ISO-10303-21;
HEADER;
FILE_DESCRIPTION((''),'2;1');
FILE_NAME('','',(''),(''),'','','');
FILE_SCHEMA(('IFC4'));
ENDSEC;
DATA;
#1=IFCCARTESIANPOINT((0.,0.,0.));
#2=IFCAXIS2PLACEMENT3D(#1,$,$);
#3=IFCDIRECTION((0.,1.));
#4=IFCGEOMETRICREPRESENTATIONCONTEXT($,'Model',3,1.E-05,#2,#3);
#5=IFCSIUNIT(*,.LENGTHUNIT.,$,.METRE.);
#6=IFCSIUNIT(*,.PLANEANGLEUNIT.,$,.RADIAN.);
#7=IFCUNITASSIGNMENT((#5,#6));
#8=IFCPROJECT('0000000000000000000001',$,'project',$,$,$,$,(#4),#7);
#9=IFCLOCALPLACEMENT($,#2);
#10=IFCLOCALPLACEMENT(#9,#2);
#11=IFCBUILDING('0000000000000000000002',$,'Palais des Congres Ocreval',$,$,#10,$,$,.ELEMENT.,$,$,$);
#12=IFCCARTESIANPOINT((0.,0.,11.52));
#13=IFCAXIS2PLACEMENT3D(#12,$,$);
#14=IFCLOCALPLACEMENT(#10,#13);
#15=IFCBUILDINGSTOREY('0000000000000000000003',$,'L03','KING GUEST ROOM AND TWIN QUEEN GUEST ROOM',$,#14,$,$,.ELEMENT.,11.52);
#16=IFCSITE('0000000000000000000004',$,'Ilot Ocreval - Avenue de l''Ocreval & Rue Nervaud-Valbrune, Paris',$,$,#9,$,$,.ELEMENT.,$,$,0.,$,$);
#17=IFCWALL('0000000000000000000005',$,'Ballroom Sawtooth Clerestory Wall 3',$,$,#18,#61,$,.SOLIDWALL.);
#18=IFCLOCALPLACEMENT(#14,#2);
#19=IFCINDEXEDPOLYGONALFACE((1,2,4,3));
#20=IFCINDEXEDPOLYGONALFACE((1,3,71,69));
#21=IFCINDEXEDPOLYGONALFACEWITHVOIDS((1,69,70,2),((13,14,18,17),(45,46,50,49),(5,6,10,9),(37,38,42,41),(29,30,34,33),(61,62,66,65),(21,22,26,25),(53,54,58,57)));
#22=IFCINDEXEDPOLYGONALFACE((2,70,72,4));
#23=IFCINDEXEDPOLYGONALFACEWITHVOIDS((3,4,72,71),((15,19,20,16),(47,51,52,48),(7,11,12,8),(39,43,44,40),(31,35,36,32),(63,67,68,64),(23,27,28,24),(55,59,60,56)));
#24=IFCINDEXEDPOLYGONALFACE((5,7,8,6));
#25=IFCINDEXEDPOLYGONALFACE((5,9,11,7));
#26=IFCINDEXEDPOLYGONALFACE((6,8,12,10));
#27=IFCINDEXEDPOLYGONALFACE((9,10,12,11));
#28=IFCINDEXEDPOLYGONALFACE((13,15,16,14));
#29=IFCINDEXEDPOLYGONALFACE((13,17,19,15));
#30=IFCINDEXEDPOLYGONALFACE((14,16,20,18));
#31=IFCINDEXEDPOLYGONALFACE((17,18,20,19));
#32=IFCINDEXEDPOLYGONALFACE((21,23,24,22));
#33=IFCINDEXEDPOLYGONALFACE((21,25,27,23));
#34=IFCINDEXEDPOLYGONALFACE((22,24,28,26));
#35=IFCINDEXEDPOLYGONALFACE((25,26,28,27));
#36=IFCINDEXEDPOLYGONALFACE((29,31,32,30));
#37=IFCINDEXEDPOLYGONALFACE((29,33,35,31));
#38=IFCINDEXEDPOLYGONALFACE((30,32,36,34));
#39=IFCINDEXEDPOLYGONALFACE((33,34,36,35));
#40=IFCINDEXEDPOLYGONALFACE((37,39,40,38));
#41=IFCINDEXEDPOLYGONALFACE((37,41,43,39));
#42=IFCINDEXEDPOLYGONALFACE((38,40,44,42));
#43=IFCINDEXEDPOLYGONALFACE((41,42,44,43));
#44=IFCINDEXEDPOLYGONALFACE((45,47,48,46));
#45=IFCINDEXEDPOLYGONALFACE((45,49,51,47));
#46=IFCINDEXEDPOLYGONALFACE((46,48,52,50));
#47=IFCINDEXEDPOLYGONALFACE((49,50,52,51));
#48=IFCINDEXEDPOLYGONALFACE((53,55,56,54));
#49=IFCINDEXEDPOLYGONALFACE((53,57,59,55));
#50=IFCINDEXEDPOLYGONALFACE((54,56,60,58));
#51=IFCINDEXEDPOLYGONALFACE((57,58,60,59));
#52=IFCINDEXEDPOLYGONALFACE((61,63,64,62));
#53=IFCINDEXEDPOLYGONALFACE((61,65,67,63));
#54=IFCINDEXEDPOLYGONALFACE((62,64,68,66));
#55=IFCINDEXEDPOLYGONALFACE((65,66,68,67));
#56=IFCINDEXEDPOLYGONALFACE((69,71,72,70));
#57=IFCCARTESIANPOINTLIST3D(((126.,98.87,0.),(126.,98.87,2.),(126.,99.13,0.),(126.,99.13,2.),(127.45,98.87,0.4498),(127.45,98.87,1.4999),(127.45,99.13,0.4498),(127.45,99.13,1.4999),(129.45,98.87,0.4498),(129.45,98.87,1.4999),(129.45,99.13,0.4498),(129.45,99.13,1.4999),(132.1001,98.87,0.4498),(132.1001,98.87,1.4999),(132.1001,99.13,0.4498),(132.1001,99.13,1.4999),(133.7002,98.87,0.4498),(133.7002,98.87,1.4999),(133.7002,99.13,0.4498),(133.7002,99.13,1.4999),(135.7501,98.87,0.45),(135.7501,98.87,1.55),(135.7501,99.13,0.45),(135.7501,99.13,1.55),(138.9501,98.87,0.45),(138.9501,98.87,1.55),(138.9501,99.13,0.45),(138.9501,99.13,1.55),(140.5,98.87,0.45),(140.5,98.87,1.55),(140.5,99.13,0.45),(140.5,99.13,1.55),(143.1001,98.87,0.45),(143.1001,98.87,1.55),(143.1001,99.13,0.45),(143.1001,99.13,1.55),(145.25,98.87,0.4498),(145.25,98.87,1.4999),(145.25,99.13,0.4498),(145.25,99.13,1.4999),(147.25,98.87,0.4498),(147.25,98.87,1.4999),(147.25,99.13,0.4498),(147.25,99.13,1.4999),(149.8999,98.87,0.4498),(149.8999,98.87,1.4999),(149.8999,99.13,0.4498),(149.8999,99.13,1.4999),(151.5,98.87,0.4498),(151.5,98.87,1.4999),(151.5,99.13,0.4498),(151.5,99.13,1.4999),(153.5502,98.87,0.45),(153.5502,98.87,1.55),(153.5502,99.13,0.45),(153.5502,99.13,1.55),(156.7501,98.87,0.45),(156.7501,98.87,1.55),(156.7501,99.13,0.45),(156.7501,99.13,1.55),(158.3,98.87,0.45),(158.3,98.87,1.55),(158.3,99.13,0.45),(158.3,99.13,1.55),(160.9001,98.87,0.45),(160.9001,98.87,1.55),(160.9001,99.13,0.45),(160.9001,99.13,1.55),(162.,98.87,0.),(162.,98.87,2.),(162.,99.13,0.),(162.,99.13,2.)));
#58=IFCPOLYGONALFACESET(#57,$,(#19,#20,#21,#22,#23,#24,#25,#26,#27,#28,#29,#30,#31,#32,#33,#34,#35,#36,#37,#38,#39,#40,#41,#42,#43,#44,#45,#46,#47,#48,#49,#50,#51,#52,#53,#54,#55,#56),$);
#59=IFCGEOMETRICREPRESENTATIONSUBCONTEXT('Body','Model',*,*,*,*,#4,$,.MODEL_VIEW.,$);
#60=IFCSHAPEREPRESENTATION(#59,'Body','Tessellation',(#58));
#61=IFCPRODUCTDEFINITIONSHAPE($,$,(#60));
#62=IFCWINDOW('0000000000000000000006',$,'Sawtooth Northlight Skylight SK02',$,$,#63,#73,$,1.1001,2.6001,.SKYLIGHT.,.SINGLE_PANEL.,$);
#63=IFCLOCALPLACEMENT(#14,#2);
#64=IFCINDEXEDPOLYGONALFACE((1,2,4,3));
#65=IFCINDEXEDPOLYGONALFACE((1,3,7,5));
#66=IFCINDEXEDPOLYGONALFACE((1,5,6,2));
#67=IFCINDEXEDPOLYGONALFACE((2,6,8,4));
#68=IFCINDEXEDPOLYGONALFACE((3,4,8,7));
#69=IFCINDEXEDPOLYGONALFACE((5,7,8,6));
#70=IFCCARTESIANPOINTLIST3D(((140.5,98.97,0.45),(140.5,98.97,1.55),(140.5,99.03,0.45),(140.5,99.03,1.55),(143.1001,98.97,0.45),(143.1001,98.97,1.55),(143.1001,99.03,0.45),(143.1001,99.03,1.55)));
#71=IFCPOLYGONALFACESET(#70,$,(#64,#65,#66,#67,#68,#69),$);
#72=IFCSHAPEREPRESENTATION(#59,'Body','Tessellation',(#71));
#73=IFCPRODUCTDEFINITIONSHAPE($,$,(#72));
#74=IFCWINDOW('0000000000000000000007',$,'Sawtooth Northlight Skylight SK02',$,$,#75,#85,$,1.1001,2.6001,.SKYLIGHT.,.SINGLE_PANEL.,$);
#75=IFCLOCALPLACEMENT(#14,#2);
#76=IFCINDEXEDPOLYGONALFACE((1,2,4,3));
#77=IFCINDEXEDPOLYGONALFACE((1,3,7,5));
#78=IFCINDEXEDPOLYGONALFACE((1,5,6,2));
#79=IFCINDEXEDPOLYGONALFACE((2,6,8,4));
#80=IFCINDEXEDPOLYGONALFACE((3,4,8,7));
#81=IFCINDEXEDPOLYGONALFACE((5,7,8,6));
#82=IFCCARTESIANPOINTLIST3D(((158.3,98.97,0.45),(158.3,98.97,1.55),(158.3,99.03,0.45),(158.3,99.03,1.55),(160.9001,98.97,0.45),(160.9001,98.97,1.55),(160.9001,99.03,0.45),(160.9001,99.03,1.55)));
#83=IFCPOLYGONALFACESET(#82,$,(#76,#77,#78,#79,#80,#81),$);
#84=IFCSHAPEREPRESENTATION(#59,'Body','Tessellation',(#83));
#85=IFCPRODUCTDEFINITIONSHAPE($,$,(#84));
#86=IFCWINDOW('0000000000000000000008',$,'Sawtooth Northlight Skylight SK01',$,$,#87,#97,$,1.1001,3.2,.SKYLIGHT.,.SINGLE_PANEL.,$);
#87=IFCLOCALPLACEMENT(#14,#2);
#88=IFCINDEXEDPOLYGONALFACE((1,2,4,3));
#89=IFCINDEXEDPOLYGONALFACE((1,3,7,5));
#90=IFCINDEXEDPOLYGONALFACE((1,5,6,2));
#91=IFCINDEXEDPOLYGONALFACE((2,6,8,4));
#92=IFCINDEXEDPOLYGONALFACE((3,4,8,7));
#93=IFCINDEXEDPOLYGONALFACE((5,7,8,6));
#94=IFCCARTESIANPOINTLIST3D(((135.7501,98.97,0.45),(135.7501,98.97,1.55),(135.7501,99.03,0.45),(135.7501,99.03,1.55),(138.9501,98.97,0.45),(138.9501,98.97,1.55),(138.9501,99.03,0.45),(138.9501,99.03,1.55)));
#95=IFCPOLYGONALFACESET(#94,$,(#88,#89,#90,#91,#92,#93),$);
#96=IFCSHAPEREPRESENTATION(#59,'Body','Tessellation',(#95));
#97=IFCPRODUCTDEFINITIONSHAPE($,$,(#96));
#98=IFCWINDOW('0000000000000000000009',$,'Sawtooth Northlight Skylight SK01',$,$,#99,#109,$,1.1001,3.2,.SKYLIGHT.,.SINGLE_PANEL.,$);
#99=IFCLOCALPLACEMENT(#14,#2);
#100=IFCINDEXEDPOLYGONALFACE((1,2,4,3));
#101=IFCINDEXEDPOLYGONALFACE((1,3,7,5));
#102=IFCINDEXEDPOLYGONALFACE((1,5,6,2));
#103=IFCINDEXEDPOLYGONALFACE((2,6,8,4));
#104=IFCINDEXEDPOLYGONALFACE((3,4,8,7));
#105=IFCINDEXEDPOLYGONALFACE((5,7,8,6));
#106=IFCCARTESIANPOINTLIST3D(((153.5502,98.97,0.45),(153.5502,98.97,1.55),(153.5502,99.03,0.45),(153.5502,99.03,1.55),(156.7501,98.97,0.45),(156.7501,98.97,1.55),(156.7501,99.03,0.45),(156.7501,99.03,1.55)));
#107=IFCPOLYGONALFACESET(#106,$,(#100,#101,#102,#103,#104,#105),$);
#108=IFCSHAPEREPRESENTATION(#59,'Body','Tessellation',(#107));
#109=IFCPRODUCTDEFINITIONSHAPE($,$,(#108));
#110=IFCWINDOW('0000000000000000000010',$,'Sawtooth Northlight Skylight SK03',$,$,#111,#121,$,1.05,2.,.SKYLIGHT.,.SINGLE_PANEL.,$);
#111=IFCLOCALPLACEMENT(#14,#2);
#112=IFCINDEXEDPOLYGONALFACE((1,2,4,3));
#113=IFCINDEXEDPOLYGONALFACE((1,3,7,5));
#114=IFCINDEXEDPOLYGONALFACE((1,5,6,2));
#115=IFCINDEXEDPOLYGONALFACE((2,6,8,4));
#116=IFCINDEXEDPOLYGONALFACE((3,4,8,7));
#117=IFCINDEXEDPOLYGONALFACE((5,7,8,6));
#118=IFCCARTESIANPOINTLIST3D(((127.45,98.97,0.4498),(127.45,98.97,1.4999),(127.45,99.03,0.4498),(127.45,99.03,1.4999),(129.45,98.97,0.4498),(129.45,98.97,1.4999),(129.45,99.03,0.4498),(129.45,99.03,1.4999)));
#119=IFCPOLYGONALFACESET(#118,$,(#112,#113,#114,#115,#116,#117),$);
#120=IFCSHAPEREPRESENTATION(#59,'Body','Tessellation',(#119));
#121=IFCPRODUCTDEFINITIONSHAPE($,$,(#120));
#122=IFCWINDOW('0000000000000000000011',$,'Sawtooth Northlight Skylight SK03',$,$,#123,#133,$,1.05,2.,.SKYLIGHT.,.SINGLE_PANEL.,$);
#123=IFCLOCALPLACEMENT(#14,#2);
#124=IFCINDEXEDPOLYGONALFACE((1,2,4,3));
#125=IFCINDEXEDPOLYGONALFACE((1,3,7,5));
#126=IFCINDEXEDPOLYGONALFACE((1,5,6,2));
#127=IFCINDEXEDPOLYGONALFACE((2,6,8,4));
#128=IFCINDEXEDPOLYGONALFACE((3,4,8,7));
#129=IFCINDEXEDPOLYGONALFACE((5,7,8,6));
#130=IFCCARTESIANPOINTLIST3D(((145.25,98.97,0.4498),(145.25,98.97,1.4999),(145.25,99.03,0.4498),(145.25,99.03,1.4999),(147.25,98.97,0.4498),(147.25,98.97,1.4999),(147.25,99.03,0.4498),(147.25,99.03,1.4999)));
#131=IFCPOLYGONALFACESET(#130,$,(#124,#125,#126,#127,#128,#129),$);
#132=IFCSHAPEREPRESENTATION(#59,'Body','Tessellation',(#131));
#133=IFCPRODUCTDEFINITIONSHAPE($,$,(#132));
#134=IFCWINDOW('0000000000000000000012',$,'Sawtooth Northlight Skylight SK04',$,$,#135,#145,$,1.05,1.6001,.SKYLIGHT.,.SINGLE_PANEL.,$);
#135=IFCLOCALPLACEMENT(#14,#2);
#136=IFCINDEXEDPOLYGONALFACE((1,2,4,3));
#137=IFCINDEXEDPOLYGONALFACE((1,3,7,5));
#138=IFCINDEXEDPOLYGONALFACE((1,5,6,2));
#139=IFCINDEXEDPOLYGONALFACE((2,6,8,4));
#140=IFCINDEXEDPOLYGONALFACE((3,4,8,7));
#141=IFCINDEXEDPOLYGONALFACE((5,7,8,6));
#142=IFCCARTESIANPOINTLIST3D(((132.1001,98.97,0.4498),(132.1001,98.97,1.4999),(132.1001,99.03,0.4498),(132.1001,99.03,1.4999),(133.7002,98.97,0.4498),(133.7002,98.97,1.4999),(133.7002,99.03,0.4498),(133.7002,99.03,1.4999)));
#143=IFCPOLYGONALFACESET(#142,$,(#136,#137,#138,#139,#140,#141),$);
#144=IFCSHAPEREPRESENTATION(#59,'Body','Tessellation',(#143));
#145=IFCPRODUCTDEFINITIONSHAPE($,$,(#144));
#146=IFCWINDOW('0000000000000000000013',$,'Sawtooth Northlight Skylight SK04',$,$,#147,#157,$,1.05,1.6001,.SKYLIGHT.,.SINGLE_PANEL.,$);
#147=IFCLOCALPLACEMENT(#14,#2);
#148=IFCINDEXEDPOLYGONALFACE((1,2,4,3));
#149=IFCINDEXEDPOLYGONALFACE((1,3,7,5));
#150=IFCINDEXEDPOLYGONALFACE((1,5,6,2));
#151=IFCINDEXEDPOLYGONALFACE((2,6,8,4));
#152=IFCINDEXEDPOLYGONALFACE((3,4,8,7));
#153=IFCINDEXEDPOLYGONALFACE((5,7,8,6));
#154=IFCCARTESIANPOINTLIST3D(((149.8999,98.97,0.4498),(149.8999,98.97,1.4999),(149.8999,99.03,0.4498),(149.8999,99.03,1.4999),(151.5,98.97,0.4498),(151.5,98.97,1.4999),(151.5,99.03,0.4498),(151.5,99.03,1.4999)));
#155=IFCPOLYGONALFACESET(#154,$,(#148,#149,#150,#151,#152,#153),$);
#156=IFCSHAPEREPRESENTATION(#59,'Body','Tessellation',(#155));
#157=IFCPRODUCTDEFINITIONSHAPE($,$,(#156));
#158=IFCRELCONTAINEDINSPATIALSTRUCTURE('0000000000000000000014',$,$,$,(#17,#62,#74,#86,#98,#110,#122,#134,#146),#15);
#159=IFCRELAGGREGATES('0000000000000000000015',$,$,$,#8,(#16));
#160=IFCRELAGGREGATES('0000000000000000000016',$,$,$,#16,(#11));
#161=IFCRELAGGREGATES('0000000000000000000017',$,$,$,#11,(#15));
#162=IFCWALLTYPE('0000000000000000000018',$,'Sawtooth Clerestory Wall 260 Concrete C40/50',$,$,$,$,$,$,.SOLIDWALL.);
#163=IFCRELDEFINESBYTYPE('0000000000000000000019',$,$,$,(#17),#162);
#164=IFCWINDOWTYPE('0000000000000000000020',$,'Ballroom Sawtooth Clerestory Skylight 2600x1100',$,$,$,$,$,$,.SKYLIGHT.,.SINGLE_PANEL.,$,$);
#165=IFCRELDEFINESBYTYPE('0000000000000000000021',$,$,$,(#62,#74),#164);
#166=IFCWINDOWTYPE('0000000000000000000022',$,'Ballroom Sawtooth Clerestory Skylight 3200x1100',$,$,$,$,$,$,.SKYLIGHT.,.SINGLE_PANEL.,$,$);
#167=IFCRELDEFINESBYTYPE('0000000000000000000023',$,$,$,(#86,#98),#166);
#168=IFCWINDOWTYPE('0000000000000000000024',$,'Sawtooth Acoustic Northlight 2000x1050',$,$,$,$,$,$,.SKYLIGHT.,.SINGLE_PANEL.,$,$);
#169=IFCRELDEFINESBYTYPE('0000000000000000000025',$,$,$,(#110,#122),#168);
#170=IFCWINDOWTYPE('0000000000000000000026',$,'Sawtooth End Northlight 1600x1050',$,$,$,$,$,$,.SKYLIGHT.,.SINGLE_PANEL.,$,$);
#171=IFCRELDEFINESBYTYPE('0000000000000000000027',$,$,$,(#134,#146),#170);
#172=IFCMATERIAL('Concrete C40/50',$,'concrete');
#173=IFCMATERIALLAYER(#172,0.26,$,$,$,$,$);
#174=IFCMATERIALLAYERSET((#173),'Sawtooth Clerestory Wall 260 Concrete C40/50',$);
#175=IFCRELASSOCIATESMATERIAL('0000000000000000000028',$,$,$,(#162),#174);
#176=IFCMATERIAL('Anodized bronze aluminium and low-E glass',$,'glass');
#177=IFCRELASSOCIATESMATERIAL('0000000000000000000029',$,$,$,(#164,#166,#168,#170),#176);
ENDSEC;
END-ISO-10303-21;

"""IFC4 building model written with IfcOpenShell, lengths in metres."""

from ifc_helpers import new_model, si_unit, direction, frame, frame_2d, origin, place, context, subcontext, project, spatial, rectangle, extrude, material, layer, layer_set, type_object, element, fill, save


model = new_model("IFC4")

# Units and contexts
model_context = context("Model", 3, precision=1e-05, world=origin(), true_north=direction((0.0, 1.0)))
body_context = subcontext(model_context, "Body", "Model", "MODEL_VIEW")
ifc_project = project(units=[si_unit("LENGTHUNIT", "METRE"), si_unit("PLANEANGLEUNIT", "RADIAN")], contexts=[model_context])

# Site, building, storey
site_placement = place(None, origin())
site = spatial("IfcSite", under=ifc_project, at=site_placement, Name="Ilot Ocreval - Avenue de l'Ocreval & Rue Nervaud-Valbrune, Paris", CompositionType="ELEMENT", RefElevation=0.0)
building_placement = place(site_placement, origin())
building = spatial("IfcBuilding", under=site, at=building_placement, Name="Palais des Congres Ocreval", CompositionType="ELEMENT")
storey_placement = place(building_placement, frame((0.0, 0.0, 11.52)))
storey = spatial("IfcBuildingStorey", under=building, at=storey_placement, Name="L03", Description="KING GUEST ROOM AND TWIN QUEEN GUEST ROOM", CompositionType="ELEMENT", Elevation=11.52)

# Shared definitions
ifc_material_1 = material(Name="Concrete C40/50", Category="concrete")

# Shared definitions
ifc_layer_1 = layer(ifc_material_1, 0.26)
ifc_layer_set_1 = layer_set([ifc_layer_1], Name="Sawtooth Clerestory Wall 260 Concrete C40/50")
wall_type = type_object("IfcWallType", Name="Sawtooth Clerestory Wall 260 Concrete C40/50", PredefinedType="SOLIDWALL", material=ifc_layer_set_1)
ifc_material_2 = material(Name="Anodized bronze aluminium and low-E glass", Category="glass")
window_type_1 = type_object("IfcWindowType", Name="Ballroom Sawtooth Clerestory Skylight 2600x1100", PartitioningType="SINGLE_PANEL", PredefinedType="SKYLIGHT", material=ifc_material_2)
window_type_2 = type_object("IfcWindowType", Name="Ballroom Sawtooth Clerestory Skylight 3200x1100", PartitioningType="SINGLE_PANEL", PredefinedType="SKYLIGHT", material=ifc_material_2)
window_type_3 = type_object("IfcWindowType", Name="Sawtooth Acoustic Northlight 2000x1050", PartitioningType="SINGLE_PANEL", PredefinedType="SKYLIGHT", material=ifc_material_2)
window_type_4 = type_object("IfcWindowType", Name="Sawtooth End Northlight 1600x1050", PartitioningType="SINGLE_PANEL", PredefinedType="SKYLIGHT", material=ifc_material_2)

# Wall, openings, windows
wall_1_placement = place(storey_placement, frame((126.0, 99.0, 0.0), z_axis=(0.0, 0.0, 1.0), x_axis=(1.0, 0.0, 0.0)))
wall_1 = element("IfcWall", 1, at=wall_1_placement, inside=storey, type_object=wall_type, Name="Ballroom Sawtooth Clerestory Wall 3", PredefinedType="SOLIDWALL", context=body_context, shape_type="SweptSolid", body=[
    extrude(rectangle(XDim=36.0, YDim=0.26, at=frame_2d((18.0, 0.0))), origin(), (0.0, 0.0, 1.0), 2.0),
])
opening_1_placement = place(wall_1_placement, frame((1.45, 0.0, 0.45)))
opening_1 = element("IfcOpeningElement", 2, at=opening_1_placement, cuts=wall_1, PredefinedType="OPENING", context=body_context, shape_type="SweptSolid", body=[
    extrude(rectangle(XDim=2.0, YDim=1.05, at=frame_2d((1.0, 0.5249))), frame((0.0, 0.1399, 0.0), z_axis=(0.0, -1.0, 0.0), x_axis=(1.0, 0.0, 0.0)), (0.0, 0.0, 1.0), 0.28),
])
opening_2_placement = place(wall_1_placement, frame((6.1001, 0.0, 0.45)))
opening_2 = element("IfcOpeningElement", 3, at=opening_2_placement, cuts=wall_1, PredefinedType="OPENING", context=body_context, shape_type="SweptSolid", body=[
    extrude(rectangle(XDim=1.6001, YDim=1.05, at=frame_2d((0.8, 0.5249))), frame((0.0, 0.1399, 0.0), z_axis=(0.0, -1.0, 0.0), x_axis=(1.0, 0.0, 0.0)), (0.0, 0.0, 1.0), 0.28),
])
opening_3_placement = place(wall_1_placement, frame((9.75, 0.0, 0.45)))
opening_3 = element("IfcOpeningElement", 4, at=opening_3_placement, cuts=wall_1, PredefinedType="OPENING", context=body_context, shape_type="SweptSolid", body=[
    extrude(rectangle(XDim=3.2, YDim=1.1001, at=frame_2d((1.6001, 0.55))), frame((0.0, 0.1399, 0.0), z_axis=(0.0, -1.0, 0.0), x_axis=(1.0, 0.0, 0.0)), (0.0, 0.0, 1.0), 0.28),
])
opening_4_placement = place(wall_1_placement, frame((14.5, 0.0, 0.45)))
opening_4 = element("IfcOpeningElement", 5, at=opening_4_placement, cuts=wall_1, PredefinedType="OPENING", context=body_context, shape_type="SweptSolid", body=[
    extrude(rectangle(XDim=2.6001, YDim=1.1001, at=frame_2d((1.3, 0.55))), frame((0.0, 0.1399, 0.0), z_axis=(0.0, -1.0, 0.0), x_axis=(1.0, 0.0, 0.0)), (0.0, 0.0, 1.0), 0.28),
])
opening_5_placement = place(wall_1_placement, frame((19.25, 0.0, 0.45)))
opening_5 = element("IfcOpeningElement", 6, at=opening_5_placement, cuts=wall_1, PredefinedType="OPENING", context=body_context, shape_type="SweptSolid", body=[
    extrude(rectangle(XDim=2.0, YDim=1.05, at=frame_2d((1.0, 0.5249))), frame((0.0, 0.1399, 0.0), z_axis=(0.0, -1.0, 0.0), x_axis=(1.0, 0.0, 0.0)), (0.0, 0.0, 1.0), 0.28),
])
opening_6_placement = place(wall_1_placement, frame((23.8999, 0.0, 0.45)))
opening_6 = element("IfcOpeningElement", 7, at=opening_6_placement, cuts=wall_1, PredefinedType="OPENING", context=body_context, shape_type="SweptSolid", body=[
    extrude(rectangle(XDim=1.6001, YDim=1.05, at=frame_2d((0.8, 0.5249))), frame((0.0, 0.1399, 0.0), z_axis=(0.0, -1.0, 0.0), x_axis=(1.0, 0.0, 0.0)), (0.0, 0.0, 1.0), 0.28),
])
opening_7_placement = place(wall_1_placement, frame((27.55, 0.0, 0.45)))
opening_7 = element("IfcOpeningElement", 8, at=opening_7_placement, cuts=wall_1, PredefinedType="OPENING", context=body_context, shape_type="SweptSolid", body=[
    extrude(rectangle(XDim=3.2, YDim=1.1001, at=frame_2d((1.6001, 0.55))), frame((0.0, 0.1399, 0.0), z_axis=(0.0, -1.0, 0.0), x_axis=(1.0, 0.0, 0.0)), (0.0, 0.0, 1.0), 0.28),
])
opening_8_placement = place(wall_1_placement, frame((32.3, 0.0, 0.45)))
opening_8 = element("IfcOpeningElement", 9, at=opening_8_placement, cuts=wall_1, PredefinedType="OPENING", context=body_context, shape_type="SweptSolid", body=[
    extrude(rectangle(XDim=2.6001, YDim=1.1001, at=frame_2d((1.3, 0.55))), frame((0.0, 0.1399, 0.0), z_axis=(0.0, -1.0, 0.0), x_axis=(1.0, 0.0, 0.0)), (0.0, 0.0, 1.0), 0.28),
])
window_1_placement = place(opening_4_placement, origin())
window_1 = element("IfcWindow", 10, at=window_1_placement, inside=storey, type_object=window_type_1, Name="Sawtooth Northlight Skylight SK02", OverallHeight=1.1001, OverallWidth=2.6001, PartitioningType="SINGLE_PANEL", PredefinedType="SKYLIGHT", context=body_context, shape_type="SweptSolid", body=[
    extrude(rectangle(XDim=2.6001, YDim=1.1001, at=frame_2d((1.3, 0.55))), frame((0.0, 0.03, 0.0), z_axis=(0.0, -1.0, 0.0), x_axis=(1.0, 0.0, 0.0)), (0.0, 0.0, 1.0), 0.0601),
])
fill(opening_4, window_1)
window_2_placement = place(opening_8_placement, origin())
window_2 = element("IfcWindow", 11, at=window_2_placement, inside=storey, type_object=window_type_1, Name="Sawtooth Northlight Skylight SK02", OverallHeight=1.1001, OverallWidth=2.6001, PartitioningType="SINGLE_PANEL", PredefinedType="SKYLIGHT", context=body_context, shape_type="SweptSolid", body=[
    extrude(rectangle(XDim=2.6001, YDim=1.1001, at=frame_2d((1.3, 0.55))), frame((0.0, 0.03, 0.0), z_axis=(0.0, -1.0, 0.0), x_axis=(1.0, 0.0, 0.0)), (0.0, 0.0, 1.0), 0.0601),
])
fill(opening_8, window_2)
window_3_placement = place(opening_3_placement, origin())
window_3 = element("IfcWindow", 12, at=window_3_placement, inside=storey, type_object=window_type_2, Name="Sawtooth Northlight Skylight SK01", OverallHeight=1.1001, OverallWidth=3.2, PartitioningType="SINGLE_PANEL", PredefinedType="SKYLIGHT", context=body_context, shape_type="SweptSolid", body=[
    extrude(rectangle(XDim=3.2, YDim=1.1001, at=frame_2d((1.6001, 0.55))), frame((0.0, 0.03, 0.0), z_axis=(0.0, -1.0, 0.0), x_axis=(1.0, 0.0, 0.0)), (0.0, 0.0, 1.0), 0.0601),
])
fill(opening_3, window_3)
window_4_placement = place(opening_7_placement, origin())
window_4 = element("IfcWindow", 13, at=window_4_placement, inside=storey, type_object=window_type_2, Name="Sawtooth Northlight Skylight SK01", OverallHeight=1.1001, OverallWidth=3.2, PartitioningType="SINGLE_PANEL", PredefinedType="SKYLIGHT", context=body_context, shape_type="SweptSolid", body=[
    extrude(rectangle(XDim=3.2, YDim=1.1001, at=frame_2d((1.6001, 0.55))), frame((0.0, 0.03, 0.0), z_axis=(0.0, -1.0, 0.0), x_axis=(1.0, 0.0, 0.0)), (0.0, 0.0, 1.0), 0.0601),
])
fill(opening_7, window_4)
window_5_placement = place(opening_1_placement, origin())
window_5 = element("IfcWindow", 14, at=window_5_placement, inside=storey, type_object=window_type_3, Name="Sawtooth Northlight Skylight SK03", OverallHeight=1.05, OverallWidth=2.0, PartitioningType="SINGLE_PANEL", PredefinedType="SKYLIGHT", context=body_context, shape_type="SweptSolid", body=[
    extrude(rectangle(XDim=2.0, YDim=1.05, at=frame_2d((1.0, 0.5249))), frame((0.0, 0.03, 0.0), z_axis=(0.0, -1.0, 0.0), x_axis=(1.0, 0.0, 0.0)), (0.0, 0.0, 1.0), 0.0601),
])
fill(opening_1, window_5)
window_6_placement = place(opening_5_placement, origin())
window_6 = element("IfcWindow", 15, at=window_6_placement, inside=storey, type_object=window_type_3, Name="Sawtooth Northlight Skylight SK03", OverallHeight=1.05, OverallWidth=2.0, PartitioningType="SINGLE_PANEL", PredefinedType="SKYLIGHT", context=body_context, shape_type="SweptSolid", body=[
    extrude(rectangle(XDim=2.0, YDim=1.05, at=frame_2d((1.0, 0.5249))), frame((0.0, 0.03, 0.0), z_axis=(0.0, -1.0, 0.0), x_axis=(1.0, 0.0, 0.0)), (0.0, 0.0, 1.0), 0.0601),
])
fill(opening_5, window_6)
window_7_placement = place(opening_2_placement, origin())
window_7 = element("IfcWindow", 16, at=window_7_placement, inside=storey, type_object=window_type_4, Name="Sawtooth Northlight Skylight SK04", OverallHeight=1.05, OverallWidth=1.6001, PartitioningType="SINGLE_PANEL", PredefinedType="SKYLIGHT", context=body_context, shape_type="SweptSolid", body=[
    extrude(rectangle(XDim=1.6001, YDim=1.05, at=frame_2d((0.8, 0.5249))), frame((0.0, 0.03, 0.0), z_axis=(0.0, -1.0, 0.0), x_axis=(1.0, 0.0, 0.0)), (0.0, 0.0, 1.0), 0.0601),
])
fill(opening_2, window_7)
window_8_placement = place(opening_6_placement, origin())
window_8 = element("IfcWindow", 17, at=window_8_placement, inside=storey, type_object=window_type_4, Name="Sawtooth Northlight Skylight SK04", OverallHeight=1.05, OverallWidth=1.6001, PartitioningType="SINGLE_PANEL", PredefinedType="SKYLIGHT", context=body_context, shape_type="SweptSolid", body=[
    extrude(rectangle(XDim=1.6001, YDim=1.05, at=frame_2d((0.8, 0.5249))), frame((0.0, 0.03, 0.0), z_axis=(0.0, -1.0, 0.0), x_axis=(1.0, 0.0, 0.0)), (0.0, 0.0, 1.0), 0.0601),
])
fill(opening_6, window_8)

save(model, "model.ifc")
